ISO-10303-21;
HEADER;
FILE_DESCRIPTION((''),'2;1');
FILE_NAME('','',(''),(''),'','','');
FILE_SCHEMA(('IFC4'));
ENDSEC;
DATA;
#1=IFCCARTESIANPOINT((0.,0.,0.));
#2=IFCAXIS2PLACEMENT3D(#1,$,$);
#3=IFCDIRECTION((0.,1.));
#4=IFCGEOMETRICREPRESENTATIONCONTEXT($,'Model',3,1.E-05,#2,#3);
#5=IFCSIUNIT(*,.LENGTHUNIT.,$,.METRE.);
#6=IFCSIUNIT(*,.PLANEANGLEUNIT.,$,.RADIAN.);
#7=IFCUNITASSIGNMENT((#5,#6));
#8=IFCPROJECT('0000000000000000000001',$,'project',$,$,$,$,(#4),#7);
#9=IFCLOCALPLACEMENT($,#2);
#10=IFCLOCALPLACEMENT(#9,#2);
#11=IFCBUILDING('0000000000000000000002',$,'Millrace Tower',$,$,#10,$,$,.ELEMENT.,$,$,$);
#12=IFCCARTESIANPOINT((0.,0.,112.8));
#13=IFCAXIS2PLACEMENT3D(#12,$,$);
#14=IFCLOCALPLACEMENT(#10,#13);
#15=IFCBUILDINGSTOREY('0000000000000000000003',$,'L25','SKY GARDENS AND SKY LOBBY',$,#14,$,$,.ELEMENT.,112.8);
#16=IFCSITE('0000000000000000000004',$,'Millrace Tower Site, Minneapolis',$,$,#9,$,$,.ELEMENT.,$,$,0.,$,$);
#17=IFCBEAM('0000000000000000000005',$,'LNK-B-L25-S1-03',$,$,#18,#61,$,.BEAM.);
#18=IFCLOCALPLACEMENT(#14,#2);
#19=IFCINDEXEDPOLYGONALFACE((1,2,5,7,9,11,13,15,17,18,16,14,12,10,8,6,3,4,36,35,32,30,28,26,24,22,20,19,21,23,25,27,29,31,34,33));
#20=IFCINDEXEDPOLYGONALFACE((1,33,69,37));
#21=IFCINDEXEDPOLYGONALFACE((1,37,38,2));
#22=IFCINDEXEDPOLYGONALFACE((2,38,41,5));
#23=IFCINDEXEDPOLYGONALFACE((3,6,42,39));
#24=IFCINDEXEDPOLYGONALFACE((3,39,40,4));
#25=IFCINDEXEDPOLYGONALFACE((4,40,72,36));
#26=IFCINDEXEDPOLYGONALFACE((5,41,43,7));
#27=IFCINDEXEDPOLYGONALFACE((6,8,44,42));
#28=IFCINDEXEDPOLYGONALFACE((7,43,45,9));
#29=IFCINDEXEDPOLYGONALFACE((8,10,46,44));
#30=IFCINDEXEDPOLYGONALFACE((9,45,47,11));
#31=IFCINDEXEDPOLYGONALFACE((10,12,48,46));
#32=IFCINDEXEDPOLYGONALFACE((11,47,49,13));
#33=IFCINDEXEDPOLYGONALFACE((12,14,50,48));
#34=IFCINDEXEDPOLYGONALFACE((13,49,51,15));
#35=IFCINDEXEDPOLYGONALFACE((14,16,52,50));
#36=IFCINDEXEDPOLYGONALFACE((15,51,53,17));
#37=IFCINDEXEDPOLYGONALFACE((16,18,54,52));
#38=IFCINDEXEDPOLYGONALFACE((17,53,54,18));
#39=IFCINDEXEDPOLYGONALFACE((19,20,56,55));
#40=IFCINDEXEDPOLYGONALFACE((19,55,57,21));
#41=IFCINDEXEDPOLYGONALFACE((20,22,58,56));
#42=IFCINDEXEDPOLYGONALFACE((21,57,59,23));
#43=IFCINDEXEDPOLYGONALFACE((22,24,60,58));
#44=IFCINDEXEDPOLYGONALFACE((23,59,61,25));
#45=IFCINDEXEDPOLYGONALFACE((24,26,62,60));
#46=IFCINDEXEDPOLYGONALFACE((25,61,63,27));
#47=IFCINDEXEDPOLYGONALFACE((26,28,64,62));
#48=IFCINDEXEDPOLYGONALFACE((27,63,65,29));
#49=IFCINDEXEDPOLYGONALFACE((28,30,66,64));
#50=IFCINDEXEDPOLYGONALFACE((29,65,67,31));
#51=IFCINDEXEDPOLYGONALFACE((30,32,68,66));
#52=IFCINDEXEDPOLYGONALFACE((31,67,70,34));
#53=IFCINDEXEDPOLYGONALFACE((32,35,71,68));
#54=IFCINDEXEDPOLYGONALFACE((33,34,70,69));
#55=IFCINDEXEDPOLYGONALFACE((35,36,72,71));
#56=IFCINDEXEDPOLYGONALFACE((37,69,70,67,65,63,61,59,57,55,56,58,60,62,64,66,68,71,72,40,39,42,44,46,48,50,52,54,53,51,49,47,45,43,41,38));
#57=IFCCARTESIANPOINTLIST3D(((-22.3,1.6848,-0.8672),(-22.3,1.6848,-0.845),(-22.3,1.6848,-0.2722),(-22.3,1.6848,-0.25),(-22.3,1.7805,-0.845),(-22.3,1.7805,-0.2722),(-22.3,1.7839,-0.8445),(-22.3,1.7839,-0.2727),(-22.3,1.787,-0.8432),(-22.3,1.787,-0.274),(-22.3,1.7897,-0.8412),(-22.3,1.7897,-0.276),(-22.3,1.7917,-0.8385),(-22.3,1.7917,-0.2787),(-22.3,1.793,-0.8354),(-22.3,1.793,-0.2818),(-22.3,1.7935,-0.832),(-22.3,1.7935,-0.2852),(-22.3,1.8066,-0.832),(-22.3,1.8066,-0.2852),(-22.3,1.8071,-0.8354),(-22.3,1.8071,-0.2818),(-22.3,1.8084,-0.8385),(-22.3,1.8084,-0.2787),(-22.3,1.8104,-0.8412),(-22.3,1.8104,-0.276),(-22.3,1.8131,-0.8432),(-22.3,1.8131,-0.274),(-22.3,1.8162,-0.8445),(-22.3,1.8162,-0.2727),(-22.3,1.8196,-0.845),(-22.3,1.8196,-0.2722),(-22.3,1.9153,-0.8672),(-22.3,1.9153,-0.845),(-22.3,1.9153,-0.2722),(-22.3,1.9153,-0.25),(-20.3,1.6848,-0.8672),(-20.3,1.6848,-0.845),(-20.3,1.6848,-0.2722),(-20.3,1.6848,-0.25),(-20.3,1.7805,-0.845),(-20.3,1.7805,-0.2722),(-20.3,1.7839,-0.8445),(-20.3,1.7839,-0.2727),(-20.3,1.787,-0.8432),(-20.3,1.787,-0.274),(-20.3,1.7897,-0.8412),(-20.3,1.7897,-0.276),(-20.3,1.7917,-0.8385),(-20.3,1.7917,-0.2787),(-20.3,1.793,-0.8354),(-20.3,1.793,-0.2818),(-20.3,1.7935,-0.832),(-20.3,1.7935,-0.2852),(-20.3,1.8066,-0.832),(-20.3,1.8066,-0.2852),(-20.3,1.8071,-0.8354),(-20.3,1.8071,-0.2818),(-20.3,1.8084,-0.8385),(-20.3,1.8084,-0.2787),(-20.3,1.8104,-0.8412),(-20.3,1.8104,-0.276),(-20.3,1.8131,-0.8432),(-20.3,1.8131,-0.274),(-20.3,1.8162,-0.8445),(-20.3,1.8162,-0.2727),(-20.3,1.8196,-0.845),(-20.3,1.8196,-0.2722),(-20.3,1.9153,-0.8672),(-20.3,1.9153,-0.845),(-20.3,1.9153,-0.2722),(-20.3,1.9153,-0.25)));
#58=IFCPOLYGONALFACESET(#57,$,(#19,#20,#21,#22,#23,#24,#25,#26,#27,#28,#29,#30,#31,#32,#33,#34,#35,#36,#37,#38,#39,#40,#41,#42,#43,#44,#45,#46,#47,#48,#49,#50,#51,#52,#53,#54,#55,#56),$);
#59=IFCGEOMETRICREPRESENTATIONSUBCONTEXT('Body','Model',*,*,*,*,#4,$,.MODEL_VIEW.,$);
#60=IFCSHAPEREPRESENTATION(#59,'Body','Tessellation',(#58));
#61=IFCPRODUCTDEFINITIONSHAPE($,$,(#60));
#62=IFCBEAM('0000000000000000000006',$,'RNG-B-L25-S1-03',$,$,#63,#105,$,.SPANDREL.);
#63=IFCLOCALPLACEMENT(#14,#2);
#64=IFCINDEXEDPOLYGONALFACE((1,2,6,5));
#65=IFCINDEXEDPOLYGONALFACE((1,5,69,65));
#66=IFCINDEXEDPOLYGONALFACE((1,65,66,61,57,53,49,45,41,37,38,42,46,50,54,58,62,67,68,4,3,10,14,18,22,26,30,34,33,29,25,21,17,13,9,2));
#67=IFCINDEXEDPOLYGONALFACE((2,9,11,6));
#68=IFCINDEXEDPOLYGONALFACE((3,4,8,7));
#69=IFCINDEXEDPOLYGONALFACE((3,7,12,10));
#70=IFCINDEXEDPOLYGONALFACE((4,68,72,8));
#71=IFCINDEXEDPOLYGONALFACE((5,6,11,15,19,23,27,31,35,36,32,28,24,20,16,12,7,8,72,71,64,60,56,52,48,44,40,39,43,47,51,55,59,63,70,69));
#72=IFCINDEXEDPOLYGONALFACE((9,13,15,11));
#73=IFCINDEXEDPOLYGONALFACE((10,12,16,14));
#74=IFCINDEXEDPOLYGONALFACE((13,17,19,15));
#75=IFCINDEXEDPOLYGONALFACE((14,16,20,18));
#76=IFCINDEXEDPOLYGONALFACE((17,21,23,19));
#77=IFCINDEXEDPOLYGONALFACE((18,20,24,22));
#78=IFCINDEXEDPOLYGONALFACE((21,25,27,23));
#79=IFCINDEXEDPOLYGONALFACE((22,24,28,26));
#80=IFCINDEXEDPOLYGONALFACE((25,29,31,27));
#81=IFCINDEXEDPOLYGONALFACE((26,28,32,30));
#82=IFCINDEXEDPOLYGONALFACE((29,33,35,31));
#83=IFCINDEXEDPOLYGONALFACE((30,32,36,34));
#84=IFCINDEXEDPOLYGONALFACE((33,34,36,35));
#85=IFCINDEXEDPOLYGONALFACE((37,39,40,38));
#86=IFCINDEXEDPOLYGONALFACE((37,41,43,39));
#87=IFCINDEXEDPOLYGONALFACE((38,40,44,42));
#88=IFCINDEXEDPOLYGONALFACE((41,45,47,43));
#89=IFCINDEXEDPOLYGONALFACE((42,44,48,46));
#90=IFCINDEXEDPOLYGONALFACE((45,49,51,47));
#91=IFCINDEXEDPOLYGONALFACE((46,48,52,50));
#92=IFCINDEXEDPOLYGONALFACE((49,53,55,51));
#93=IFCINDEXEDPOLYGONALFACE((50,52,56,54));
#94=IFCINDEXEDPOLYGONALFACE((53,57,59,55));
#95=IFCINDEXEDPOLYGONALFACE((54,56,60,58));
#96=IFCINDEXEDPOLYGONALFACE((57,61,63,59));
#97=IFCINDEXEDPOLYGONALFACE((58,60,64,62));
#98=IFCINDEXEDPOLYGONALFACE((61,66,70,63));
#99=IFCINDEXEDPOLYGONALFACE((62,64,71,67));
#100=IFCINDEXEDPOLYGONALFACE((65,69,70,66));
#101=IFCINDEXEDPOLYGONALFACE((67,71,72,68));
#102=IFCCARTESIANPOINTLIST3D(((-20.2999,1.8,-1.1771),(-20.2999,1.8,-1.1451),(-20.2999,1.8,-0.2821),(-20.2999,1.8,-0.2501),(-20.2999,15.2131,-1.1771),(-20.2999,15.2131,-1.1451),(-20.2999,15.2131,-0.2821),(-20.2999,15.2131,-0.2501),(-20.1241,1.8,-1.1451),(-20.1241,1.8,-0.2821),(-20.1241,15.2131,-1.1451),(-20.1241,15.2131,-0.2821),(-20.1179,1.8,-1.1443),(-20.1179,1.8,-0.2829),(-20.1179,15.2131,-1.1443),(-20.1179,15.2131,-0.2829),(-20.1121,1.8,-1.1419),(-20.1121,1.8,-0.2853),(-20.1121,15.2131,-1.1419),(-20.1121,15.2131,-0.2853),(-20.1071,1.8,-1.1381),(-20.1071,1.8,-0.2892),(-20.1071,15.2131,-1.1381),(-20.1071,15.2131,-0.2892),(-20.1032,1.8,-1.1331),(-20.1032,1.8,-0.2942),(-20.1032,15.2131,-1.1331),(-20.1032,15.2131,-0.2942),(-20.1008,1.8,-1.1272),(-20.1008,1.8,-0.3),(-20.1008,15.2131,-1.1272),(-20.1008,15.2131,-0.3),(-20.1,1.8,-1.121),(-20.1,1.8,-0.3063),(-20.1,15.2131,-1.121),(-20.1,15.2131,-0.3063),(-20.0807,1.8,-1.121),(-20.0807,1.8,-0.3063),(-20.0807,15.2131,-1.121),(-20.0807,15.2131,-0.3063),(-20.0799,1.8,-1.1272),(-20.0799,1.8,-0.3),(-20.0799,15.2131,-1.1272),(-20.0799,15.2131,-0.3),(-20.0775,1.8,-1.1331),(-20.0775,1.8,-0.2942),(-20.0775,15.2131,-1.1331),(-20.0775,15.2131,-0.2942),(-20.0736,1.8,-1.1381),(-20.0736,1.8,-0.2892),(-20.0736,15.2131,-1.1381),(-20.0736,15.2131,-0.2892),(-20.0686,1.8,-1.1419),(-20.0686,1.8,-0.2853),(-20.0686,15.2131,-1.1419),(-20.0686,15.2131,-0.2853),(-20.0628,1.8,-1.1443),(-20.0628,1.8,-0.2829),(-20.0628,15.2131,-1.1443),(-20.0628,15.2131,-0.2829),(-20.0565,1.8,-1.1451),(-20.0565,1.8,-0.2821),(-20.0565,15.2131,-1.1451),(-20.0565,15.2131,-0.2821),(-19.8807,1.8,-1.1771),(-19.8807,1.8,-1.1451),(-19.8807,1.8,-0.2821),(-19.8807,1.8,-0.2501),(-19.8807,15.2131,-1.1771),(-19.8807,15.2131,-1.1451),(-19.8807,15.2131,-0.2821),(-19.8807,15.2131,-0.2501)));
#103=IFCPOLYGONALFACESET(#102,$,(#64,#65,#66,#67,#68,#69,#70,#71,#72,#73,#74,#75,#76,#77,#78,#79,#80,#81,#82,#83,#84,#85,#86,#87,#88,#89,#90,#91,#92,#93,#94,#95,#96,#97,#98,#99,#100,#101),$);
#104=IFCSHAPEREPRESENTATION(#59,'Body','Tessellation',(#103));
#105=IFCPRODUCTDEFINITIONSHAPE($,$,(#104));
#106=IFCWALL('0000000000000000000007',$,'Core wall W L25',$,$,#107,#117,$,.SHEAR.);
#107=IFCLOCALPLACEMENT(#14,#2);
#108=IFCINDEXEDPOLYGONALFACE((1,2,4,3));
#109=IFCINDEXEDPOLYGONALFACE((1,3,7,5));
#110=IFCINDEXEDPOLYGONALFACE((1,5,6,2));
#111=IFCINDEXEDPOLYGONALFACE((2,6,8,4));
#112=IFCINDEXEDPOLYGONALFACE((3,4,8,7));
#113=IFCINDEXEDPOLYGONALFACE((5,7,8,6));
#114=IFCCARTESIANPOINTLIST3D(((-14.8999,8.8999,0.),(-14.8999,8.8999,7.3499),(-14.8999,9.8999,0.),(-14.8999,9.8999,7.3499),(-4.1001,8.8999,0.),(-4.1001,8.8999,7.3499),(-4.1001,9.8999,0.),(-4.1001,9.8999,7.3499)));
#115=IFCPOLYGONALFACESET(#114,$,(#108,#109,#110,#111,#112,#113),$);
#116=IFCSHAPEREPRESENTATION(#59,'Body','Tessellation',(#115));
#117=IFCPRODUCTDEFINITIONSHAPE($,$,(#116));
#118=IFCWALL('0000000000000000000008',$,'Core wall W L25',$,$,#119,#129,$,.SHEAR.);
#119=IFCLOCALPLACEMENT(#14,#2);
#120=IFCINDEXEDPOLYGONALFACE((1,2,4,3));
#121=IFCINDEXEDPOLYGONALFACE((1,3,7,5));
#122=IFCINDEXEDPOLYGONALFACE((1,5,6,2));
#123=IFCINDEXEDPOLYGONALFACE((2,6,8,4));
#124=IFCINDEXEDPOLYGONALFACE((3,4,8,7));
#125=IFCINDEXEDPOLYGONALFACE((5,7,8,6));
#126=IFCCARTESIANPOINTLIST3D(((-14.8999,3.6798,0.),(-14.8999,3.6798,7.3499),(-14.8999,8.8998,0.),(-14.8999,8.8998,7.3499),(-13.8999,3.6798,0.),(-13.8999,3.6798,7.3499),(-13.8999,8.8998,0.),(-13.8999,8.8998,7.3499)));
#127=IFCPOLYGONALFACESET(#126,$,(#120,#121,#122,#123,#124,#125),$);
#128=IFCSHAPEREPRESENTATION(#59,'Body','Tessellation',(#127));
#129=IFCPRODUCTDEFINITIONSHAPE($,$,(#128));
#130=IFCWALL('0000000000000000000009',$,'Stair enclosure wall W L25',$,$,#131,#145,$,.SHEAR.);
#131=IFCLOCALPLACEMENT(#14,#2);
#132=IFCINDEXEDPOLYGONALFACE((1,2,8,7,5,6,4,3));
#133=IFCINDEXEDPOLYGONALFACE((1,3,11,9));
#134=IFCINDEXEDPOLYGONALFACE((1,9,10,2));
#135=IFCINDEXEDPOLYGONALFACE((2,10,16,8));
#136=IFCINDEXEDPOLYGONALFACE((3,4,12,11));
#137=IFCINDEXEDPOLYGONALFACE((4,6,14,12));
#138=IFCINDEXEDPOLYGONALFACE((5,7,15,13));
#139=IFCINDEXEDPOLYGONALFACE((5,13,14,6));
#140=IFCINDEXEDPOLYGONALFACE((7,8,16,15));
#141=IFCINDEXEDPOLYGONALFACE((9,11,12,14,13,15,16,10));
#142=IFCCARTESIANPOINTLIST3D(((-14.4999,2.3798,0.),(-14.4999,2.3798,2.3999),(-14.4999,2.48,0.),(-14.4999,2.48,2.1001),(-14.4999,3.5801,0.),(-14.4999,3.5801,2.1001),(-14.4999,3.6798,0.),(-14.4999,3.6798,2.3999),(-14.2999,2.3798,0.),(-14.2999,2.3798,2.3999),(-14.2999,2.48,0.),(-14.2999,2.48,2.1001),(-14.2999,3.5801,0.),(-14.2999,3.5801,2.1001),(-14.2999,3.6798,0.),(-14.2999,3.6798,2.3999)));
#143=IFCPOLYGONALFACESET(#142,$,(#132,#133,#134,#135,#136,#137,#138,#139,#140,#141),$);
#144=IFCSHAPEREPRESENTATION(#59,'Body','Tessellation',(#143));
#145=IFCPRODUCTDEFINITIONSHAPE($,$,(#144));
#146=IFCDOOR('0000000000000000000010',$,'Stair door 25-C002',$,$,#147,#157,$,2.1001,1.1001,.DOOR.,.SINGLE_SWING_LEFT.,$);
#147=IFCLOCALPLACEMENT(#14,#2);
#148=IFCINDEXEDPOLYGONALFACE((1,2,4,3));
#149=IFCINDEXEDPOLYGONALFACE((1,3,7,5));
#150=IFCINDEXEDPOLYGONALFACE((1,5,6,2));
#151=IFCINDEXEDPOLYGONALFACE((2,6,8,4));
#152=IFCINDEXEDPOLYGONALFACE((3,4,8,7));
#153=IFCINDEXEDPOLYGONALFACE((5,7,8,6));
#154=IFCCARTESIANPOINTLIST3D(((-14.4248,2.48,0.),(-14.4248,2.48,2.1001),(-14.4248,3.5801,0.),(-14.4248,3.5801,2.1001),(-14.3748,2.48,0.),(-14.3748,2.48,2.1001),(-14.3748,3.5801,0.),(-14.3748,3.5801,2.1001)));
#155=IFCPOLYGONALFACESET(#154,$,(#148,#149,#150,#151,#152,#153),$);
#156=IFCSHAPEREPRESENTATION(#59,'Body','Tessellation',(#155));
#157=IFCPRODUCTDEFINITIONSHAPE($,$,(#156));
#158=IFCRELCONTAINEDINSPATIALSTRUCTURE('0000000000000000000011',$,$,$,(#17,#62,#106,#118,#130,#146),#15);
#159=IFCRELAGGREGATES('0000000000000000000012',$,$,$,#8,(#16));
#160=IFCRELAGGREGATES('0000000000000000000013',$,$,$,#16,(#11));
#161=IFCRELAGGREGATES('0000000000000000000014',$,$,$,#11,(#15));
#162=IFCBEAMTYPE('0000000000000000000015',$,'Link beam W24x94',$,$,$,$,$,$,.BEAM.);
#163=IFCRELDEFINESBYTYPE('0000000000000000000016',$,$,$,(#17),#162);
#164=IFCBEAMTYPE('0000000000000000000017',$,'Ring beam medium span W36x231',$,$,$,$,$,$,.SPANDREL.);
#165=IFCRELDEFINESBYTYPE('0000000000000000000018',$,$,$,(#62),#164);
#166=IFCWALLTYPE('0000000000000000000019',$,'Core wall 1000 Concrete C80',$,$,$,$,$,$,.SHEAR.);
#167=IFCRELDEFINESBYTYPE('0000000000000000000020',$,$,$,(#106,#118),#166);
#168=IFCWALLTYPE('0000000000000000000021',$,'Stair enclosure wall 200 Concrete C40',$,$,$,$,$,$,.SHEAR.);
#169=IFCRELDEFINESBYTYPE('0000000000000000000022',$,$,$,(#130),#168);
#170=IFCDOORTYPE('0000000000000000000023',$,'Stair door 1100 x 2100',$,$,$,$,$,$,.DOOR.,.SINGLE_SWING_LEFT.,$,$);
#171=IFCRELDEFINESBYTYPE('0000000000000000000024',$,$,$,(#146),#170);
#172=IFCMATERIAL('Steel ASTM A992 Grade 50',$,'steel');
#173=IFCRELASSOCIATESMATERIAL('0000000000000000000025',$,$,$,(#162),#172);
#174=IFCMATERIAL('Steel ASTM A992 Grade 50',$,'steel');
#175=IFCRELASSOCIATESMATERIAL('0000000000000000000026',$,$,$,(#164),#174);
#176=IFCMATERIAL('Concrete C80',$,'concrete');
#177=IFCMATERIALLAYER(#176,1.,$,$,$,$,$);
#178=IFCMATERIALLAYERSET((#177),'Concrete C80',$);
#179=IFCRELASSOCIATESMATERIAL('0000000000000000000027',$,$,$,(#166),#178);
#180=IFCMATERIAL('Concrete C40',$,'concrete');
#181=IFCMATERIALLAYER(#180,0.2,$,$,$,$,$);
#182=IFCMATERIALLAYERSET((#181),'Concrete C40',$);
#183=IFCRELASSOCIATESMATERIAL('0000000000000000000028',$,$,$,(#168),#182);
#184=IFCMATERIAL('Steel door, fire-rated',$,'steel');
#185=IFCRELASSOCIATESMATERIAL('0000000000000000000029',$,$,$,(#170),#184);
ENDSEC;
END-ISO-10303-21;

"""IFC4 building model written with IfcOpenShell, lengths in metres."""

from ifc_helpers import new_model, si_unit, direction, frame, frame_2d, origin, origin_2d, place, context, subcontext, project, spatial, rectangle, i_section, extrude, material, layer, layer_set, material_profile, profile_set, type_object, element, fill, save


model = new_model("IFC4")

# Units and contexts
model_context = context("Model", 3, precision=1e-05, world=origin(), true_north=direction((0.0, 1.0)))
body_context = subcontext(model_context, "Body", "Model", "MODEL_VIEW")
ifc_project = project(units=[si_unit("LENGTHUNIT", "METRE"), si_unit("PLANEANGLEUNIT", "RADIAN")], contexts=[model_context])

# Site, building, storey
site_placement = place(None, origin())
site = spatial("IfcSite", under=ifc_project, at=site_placement, Name="Millrace Tower Site, Minneapolis", CompositionType="ELEMENT", RefElevation=0.0)
building_placement = place(site_placement, origin())
building = spatial("IfcBuilding", under=site, at=building_placement, Name="Millrace Tower", CompositionType="ELEMENT")
storey_placement = place(building_placement, frame((0.0, 0.0, 112.8)))
storey = spatial("IfcBuildingStorey", under=building, at=storey_placement, Name="L25", Description="SKY GARDENS AND SKY LOBBY", CompositionType="ELEMENT", Elevation=112.8)

# Beams
ifc_material_1 = material(Name="Steel ASTM A992 Grade 50", Category="steel")
ifc_material_profile_1 = material_profile(ifc_material_1, i_section(OverallWidth=0.2305, OverallDepth=0.6172, WebThickness=0.0132, FlangeThickness=0.0222, FilletRadius=0.0129, at=origin_2d()))
ifc_profile_set_1 = profile_set([ifc_material_profile_1], Name="Steel ASTM A992 Grade 50")
beam_type_1 = type_object("IfcBeamType", Name="Link beam W24x94", PredefinedType="BEAM", material=ifc_profile_set_1)
beam_1_placement = place(storey_placement, frame((-20.3, 1.8, -0.5586), z_axis=(-1.0, 0.0, 0.0), x_axis=(0.0, -1.0, 0.0)))
element("IfcBeam", 1, at=beam_1_placement, inside=storey, type_object=beam_type_1, Name="LNK-B-L25-S1-03", PredefinedType="BEAM", context=body_context, shape_type="SweptSolid", body=[
    extrude(i_section(OverallWidth=0.2305, OverallDepth=0.6172, WebThickness=0.0132, FlangeThickness=0.0222, FilletRadius=0.0129, at=origin_2d()), origin(), (0.0, 0.0, 1.0), 2.0),
])
ifc_material_2 = material(Name="Steel ASTM A992 Grade 50", Category="steel")
ifc_material_profile_2 = material_profile(ifc_material_2, i_section(OverallWidth=0.4192, OverallDepth=0.927, WebThickness=0.0193, FlangeThickness=0.032, FilletRadius=0.0242, at=origin_2d()))
ifc_profile_set_2 = profile_set([ifc_material_profile_2], Name="Steel ASTM A992 Grade 50")
beam_type_2 = type_object("IfcBeamType", Name="Ring beam medium span W36x231", PredefinedType="SPANDREL", material=ifc_profile_set_2)
beam_2_placement = place(storey_placement, frame((-20.0903, 1.8, -0.7136), z_axis=(0.0, 1.0, 0.0), x_axis=(-1.0, 0.0, 0.0)))
element("IfcBeam", 2, at=beam_2_placement, inside=storey, type_object=beam_type_2, Name="RNG-B-L25-S1-03", PredefinedType="SPANDREL", context=body_context, shape_type="SweptSolid", body=[
    extrude(i_section(OverallWidth=0.4192, OverallDepth=0.927, WebThickness=0.0193, FlangeThickness=0.032, FilletRadius=0.0242, at=origin_2d()), origin(), (0.0, 0.0, 1.0), 13.4131),
])

# Walls
ifc_material_3 = material(Name="Concrete C80", Category="concrete")
ifc_layer_1 = layer(ifc_material_3, 1.0)
ifc_layer_set_1 = layer_set([ifc_layer_1], Name="Concrete C80")
wall_type_1 = type_object("IfcWallType", Name="Core wall 1000 Concrete C80", PredefinedType="SHEAR", material=ifc_layer_set_1)
wall_1_placement = place(storey_placement, frame((-14.8999, 9.3999, 0.0), z_axis=(0.0, 0.0, 1.0), x_axis=(1.0, 0.0, 0.0)))
element("IfcWall", 3, at=wall_1_placement, inside=storey, type_object=wall_type_1, Name="Core wall W L25", PredefinedType="SHEAR", context=body_context, shape_type="SweptSolid", body=[
    extrude(rectangle(XDim=10.7998, YDim=1.0, at=frame_2d((5.3999, 0.0))), origin(), (0.0, 0.0, 1.0), 7.3499),
])
wall_2_placement = place(storey_placement, frame((-14.3999, 3.6799, 0.0), z_axis=(0.0, 0.0, 1.0), x_axis=(0.0, 1.0, 0.0)))
element("IfcWall", 4, at=wall_2_placement, inside=storey, type_object=wall_type_1, Name="Core wall W L25", PredefinedType="SHEAR", context=body_context, shape_type="SweptSolid", body=[
    extrude(rectangle(XDim=5.22, YDim=1.0, at=frame_2d((2.6099, 0.0))), origin(), (0.0, 0.0, 1.0), 7.3499),
])

# Wall, opening, door
ifc_material_4 = material(Name="Concrete C40", Category="concrete")
ifc_layer_2 = layer(ifc_material_4, 0.2)
ifc_layer_set_2 = layer_set([ifc_layer_2], Name="Concrete C40")
wall_type_2 = type_object("IfcWallType", Name="Stair enclosure wall 200 Concrete C40", PredefinedType="SHEAR", material=ifc_layer_set_2)
wall_3_placement = place(storey_placement, frame((-14.3999, 2.3799, 0.0), z_axis=(0.0, 0.0, 1.0), x_axis=(0.0, 1.0, 0.0)))
wall_3 = element("IfcWall", 5, at=wall_3_placement, inside=storey, type_object=wall_type_2, Name="Stair enclosure wall W L25", PredefinedType="SHEAR", context=body_context, shape_type="SweptSolid", body=[
    extrude(rectangle(XDim=1.3, YDim=0.2, at=frame_2d((0.6499, 0.0))), origin(), (0.0, 0.0, 1.0), 2.3999),
])
opening_1_placement = place(wall_3_placement, frame((0.1001, 0.0, 0.0)))
opening_1 = element("IfcOpeningElement", 6, at=opening_1_placement, cuts=wall_3, PredefinedType="OPENING", context=body_context, shape_type="SweptSolid", body=[
    extrude(rectangle(XDim=1.1001, YDim=2.1001, at=frame_2d((0.55, 1.05))), frame((0.0, 0.1099, 0.0), z_axis=(0.0, -1.0, 0.0), x_axis=(1.0, 0.0, 0.0)), (0.0, 0.0, 1.0), 0.22),
])
ifc_material_5 = material(Name="Steel door, fire-rated", Category="steel")
door_type_1 = type_object("IfcDoorType", Name="Stair door 1100 x 2100", OperationType="SINGLE_SWING_LEFT", PredefinedType="DOOR", material=ifc_material_5)
door_1_placement = place(opening_1_placement, origin())
door_1 = element("IfcDoor", 7, at=door_1_placement, inside=storey, type_object=door_type_1, Name="Stair door 25-C002", OperationType="SINGLE_SWING_LEFT", OverallHeight=2.1001, OverallWidth=1.1001, PredefinedType="DOOR", context=body_context, shape_type="SweptSolid", body=[
    extrude(rectangle(XDim=1.1001, YDim=2.1001, at=frame_2d((0.55, 1.05))), frame((0.0, 0.0249, 0.0), z_axis=(0.0, -1.0, 0.0), x_axis=(1.0, 0.0, 0.0)), (0.0, 0.0, 1.0), 0.05),
])
fill(opening_1, door_1)

save(model, "model.ifc")
